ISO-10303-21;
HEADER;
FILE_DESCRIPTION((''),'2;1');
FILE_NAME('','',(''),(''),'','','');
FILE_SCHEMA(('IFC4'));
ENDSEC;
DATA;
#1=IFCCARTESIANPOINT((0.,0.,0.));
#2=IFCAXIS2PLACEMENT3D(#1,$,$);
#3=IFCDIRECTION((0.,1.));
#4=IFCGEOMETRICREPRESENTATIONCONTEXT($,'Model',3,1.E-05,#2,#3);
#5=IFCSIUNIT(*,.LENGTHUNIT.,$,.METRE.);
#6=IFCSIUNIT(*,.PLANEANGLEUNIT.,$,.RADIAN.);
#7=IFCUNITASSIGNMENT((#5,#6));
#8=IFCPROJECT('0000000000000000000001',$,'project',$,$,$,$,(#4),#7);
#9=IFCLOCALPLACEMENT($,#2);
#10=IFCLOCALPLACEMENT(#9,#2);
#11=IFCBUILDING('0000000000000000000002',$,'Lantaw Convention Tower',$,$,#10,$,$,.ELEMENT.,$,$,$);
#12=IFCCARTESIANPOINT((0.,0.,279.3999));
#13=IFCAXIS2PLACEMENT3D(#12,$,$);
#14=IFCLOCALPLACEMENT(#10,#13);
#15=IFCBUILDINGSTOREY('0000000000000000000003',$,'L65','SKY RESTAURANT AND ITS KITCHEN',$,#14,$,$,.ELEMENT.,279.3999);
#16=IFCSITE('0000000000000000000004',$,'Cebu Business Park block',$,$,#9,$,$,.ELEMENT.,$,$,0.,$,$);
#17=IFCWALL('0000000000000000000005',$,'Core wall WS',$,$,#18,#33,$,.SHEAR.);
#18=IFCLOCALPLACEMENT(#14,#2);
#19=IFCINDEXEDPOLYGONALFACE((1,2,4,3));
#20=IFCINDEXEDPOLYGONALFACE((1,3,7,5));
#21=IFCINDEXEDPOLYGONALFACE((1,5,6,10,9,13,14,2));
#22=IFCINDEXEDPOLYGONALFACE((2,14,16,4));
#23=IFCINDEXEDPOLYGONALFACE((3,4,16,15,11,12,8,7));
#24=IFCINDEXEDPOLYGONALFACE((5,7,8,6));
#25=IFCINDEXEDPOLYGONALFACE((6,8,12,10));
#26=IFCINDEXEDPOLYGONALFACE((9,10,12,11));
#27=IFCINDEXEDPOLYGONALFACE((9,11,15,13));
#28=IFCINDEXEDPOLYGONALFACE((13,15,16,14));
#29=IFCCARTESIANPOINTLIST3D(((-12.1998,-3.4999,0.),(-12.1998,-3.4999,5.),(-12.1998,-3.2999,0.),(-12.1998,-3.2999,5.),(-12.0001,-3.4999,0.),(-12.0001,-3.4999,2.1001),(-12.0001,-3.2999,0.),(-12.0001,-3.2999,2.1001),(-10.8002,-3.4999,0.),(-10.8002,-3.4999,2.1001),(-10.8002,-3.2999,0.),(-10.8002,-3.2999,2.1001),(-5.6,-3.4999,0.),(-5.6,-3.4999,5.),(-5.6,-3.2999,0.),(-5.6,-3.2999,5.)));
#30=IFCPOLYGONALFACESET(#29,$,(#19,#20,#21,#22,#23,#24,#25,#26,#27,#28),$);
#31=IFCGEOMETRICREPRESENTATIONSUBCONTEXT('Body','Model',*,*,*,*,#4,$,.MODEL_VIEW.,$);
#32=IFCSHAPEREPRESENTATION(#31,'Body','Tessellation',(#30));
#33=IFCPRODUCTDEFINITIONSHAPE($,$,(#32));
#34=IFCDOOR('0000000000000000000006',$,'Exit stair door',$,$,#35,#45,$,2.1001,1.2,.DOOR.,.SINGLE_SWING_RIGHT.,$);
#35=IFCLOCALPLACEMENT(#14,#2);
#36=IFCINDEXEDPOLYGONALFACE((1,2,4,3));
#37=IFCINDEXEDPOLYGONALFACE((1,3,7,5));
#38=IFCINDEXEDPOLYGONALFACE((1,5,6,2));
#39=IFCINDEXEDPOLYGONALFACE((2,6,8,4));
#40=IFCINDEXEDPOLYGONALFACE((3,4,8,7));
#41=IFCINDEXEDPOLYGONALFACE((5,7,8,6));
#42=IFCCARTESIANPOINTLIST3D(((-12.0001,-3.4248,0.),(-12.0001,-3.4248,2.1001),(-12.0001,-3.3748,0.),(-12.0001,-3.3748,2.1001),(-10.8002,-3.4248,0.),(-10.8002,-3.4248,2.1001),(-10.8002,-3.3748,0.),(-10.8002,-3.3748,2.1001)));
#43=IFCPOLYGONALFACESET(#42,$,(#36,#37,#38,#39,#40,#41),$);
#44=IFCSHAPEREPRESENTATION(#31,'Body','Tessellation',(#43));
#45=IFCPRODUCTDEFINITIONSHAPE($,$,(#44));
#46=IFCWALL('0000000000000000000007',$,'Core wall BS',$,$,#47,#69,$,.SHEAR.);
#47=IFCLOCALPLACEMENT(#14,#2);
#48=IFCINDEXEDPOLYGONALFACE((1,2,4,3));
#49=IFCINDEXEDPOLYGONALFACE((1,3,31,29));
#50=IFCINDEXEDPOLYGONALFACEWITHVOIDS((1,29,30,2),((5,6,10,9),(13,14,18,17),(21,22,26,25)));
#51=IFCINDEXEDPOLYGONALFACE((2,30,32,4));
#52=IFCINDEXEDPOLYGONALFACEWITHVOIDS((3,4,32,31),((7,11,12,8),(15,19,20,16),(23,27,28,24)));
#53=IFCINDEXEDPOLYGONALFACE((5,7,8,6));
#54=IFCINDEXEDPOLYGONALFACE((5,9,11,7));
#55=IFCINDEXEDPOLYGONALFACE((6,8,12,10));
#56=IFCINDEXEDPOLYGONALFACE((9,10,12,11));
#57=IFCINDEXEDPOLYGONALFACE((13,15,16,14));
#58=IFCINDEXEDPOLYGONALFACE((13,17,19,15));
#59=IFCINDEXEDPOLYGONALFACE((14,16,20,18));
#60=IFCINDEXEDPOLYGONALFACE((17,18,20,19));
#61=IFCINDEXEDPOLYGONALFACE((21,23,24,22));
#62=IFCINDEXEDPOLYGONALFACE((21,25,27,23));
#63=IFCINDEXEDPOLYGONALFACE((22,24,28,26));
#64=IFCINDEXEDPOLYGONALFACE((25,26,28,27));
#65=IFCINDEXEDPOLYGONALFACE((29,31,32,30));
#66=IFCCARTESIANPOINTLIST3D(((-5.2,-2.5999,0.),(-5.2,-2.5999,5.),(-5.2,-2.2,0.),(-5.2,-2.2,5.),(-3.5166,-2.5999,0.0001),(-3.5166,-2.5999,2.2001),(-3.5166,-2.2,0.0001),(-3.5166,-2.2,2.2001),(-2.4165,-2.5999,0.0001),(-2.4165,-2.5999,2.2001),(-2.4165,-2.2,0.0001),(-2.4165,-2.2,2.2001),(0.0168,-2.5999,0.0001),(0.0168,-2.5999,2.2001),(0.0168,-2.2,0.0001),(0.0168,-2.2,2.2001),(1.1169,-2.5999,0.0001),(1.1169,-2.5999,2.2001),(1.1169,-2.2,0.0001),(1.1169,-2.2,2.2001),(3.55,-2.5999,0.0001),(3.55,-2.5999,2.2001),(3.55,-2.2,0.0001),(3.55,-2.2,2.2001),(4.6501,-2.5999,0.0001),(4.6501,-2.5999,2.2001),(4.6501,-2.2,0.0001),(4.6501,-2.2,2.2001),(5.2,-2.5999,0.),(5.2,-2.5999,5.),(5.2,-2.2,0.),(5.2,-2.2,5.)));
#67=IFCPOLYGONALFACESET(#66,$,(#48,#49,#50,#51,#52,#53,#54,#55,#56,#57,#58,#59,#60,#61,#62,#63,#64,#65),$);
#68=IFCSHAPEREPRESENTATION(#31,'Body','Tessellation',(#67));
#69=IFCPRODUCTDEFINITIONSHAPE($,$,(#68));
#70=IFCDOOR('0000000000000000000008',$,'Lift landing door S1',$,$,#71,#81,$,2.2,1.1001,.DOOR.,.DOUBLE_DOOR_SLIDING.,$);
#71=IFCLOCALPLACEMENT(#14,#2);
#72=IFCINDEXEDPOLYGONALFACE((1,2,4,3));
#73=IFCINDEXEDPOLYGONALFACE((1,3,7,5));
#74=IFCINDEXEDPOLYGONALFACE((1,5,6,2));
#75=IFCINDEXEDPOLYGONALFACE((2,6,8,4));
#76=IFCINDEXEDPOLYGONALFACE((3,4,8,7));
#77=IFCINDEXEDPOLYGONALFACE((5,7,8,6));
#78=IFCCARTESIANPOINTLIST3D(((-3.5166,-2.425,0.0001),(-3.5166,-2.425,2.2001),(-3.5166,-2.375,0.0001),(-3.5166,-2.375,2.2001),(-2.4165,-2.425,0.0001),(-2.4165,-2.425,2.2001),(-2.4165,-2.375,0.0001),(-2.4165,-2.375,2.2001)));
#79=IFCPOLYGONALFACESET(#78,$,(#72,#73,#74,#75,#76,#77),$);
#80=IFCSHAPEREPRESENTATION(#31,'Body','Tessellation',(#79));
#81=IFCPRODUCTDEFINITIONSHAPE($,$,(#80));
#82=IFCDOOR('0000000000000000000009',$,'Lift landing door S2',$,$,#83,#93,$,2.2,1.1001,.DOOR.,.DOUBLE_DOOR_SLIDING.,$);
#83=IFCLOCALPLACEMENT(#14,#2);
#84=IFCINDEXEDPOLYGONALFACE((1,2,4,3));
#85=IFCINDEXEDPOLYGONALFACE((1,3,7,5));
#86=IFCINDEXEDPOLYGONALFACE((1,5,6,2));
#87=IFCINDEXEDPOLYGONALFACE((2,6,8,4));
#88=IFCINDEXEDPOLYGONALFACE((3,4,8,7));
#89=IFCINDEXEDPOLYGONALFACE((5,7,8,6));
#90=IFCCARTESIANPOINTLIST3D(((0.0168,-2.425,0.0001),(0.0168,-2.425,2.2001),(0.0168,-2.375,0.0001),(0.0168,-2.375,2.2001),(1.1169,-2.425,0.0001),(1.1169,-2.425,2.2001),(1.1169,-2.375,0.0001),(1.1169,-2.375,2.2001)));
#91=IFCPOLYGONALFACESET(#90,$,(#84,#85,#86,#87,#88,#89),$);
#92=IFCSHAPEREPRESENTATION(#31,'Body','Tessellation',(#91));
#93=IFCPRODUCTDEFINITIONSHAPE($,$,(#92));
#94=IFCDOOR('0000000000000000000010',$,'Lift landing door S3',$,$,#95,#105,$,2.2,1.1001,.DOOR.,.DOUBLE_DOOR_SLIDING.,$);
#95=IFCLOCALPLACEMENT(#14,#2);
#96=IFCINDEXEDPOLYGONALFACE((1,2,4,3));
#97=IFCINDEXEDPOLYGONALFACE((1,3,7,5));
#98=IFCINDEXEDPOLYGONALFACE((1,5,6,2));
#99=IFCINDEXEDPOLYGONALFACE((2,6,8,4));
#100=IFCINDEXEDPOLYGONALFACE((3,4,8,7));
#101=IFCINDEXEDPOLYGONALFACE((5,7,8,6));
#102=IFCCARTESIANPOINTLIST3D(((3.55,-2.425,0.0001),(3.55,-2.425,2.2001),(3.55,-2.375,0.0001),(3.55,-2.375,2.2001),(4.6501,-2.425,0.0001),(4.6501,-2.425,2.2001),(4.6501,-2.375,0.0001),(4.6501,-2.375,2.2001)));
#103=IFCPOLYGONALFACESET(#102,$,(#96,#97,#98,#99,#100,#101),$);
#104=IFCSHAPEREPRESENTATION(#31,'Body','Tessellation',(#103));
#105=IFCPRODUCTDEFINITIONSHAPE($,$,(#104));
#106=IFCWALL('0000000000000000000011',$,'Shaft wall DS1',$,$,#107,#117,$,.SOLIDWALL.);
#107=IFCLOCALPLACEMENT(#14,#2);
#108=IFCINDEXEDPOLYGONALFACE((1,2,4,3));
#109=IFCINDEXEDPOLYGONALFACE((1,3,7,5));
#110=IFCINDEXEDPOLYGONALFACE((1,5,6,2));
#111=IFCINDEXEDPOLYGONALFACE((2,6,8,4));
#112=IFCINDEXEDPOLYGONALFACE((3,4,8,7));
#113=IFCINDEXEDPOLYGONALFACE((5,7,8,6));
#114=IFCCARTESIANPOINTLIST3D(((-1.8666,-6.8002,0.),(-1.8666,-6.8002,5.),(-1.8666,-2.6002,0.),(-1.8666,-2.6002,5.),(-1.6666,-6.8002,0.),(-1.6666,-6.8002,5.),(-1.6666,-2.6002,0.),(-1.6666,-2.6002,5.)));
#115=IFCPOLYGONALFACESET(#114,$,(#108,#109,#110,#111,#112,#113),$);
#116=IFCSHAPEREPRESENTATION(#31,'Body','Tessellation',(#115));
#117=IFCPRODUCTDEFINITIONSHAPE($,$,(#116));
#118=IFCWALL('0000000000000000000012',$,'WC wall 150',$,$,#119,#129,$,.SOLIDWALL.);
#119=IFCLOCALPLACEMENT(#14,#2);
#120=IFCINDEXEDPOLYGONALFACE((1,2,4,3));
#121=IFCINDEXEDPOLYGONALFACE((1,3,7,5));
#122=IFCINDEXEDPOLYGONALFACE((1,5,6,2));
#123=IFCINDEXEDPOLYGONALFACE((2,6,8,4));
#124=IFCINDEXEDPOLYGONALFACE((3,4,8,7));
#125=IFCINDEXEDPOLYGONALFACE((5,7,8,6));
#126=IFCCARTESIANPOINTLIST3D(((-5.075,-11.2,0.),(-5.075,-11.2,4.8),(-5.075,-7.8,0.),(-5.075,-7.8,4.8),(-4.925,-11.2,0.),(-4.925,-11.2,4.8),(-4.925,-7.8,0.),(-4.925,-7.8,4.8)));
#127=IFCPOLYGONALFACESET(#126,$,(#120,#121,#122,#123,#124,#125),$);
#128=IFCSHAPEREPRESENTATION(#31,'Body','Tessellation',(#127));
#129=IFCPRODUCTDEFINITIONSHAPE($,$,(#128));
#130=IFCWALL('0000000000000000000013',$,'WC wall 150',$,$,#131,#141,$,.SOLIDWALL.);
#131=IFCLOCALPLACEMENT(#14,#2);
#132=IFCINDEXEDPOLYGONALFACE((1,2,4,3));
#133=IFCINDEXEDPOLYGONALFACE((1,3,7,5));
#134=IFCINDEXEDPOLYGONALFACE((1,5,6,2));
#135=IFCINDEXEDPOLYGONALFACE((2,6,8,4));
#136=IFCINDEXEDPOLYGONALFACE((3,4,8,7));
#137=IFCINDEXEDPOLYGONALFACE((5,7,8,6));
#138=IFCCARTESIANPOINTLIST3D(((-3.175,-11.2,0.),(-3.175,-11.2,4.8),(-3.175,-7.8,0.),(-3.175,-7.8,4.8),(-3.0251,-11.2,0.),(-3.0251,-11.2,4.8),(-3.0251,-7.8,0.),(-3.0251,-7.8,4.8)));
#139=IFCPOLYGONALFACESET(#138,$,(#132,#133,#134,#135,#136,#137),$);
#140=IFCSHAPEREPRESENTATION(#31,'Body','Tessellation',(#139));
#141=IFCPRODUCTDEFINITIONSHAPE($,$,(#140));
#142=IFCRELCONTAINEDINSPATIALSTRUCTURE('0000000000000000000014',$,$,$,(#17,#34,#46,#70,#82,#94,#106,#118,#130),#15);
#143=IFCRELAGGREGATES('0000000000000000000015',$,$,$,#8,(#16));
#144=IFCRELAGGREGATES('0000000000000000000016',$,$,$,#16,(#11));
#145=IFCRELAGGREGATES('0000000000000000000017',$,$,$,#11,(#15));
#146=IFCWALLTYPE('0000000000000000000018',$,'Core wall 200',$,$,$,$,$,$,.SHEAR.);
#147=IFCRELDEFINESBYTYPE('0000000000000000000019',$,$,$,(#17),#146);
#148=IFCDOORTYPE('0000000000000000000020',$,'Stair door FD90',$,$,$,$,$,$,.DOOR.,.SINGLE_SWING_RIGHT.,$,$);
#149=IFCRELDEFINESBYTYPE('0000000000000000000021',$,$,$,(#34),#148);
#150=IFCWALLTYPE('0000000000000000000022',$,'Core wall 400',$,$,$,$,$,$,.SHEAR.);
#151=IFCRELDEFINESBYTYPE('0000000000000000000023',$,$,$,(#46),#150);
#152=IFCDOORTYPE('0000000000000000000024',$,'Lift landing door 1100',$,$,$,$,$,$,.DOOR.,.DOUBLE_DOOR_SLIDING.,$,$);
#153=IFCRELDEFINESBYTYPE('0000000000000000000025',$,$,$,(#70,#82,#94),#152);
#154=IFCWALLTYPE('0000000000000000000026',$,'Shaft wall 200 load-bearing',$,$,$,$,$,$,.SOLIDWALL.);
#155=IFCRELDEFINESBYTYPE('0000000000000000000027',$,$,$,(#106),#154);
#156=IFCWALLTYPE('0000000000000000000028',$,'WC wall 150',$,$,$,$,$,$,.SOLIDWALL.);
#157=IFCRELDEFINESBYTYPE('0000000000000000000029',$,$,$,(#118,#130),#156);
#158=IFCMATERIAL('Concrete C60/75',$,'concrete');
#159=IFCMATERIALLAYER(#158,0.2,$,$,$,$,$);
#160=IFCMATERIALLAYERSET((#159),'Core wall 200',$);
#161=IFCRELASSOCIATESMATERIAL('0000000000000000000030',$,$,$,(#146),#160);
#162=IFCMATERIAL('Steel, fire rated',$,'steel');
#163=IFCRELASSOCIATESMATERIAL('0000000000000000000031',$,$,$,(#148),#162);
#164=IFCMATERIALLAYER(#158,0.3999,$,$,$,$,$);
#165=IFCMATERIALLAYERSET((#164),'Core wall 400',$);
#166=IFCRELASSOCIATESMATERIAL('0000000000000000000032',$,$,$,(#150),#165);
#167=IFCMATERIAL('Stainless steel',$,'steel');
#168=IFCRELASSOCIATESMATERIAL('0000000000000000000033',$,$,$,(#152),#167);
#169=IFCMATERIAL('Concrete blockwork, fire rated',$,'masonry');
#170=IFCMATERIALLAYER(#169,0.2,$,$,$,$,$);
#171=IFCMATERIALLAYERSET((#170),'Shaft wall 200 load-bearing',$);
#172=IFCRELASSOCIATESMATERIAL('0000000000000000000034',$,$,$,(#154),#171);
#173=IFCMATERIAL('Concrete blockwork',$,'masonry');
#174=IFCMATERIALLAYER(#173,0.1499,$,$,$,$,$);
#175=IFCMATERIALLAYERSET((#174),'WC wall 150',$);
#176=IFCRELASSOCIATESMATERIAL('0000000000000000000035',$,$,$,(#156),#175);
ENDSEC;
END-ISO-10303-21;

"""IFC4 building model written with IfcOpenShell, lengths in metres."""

from ifc_helpers import new_model, si_unit, direction, frame, frame_2d, origin, place, context, subcontext, project, spatial, rectangle, extrude, material, layer, layer_set, type_object, element, fill, save


model = new_model("IFC4")

# Units and contexts
model_context = context("Model", 3, precision=1e-05, world=origin(), true_north=direction((0.0, 1.0)))
body_context = subcontext(model_context, "Body", "Model", "MODEL_VIEW")
ifc_project = project(units=[si_unit("LENGTHUNIT", "METRE"), si_unit("PLANEANGLEUNIT", "RADIAN")], contexts=[model_context])

# Site, building, storey
site_placement = place(None, origin())
site = spatial("IfcSite", under=ifc_project, at=site_placement, Name="Cebu Business Park block", CompositionType="ELEMENT", RefElevation=0.0)
building_placement = place(site_placement, origin())
building = spatial("IfcBuilding", under=site, at=building_placement, Name="Lantaw Convention Tower", CompositionType="ELEMENT")
storey_placement = place(building_placement, frame((0.0, 0.0, 279.3999)))
storey = spatial("IfcBuildingStorey", under=building, at=storey_placement, Name="L65", Description="SKY RESTAURANT AND ITS KITCHEN", CompositionType="ELEMENT", Elevation=279.3999)

# Shared definitions
ifc_material_1 = material(Name="Concrete C60/75", Category="concrete")

# Wall, opening, door
ifc_layer_1 = layer(ifc_material_1, 0.2)
ifc_layer_set_1 = layer_set([ifc_layer_1], Name="Core wall 200")
wall_type_1 = type_object("IfcWallType", Name="Core wall 200", PredefinedType="SHEAR", material=ifc_layer_set_1)
wall_1_placement = place(storey_placement, frame((-5.6001, -3.3999, 0.0), z_axis=(0.0, 0.0, 1.0), x_axis=(-1.0, 0.0, 0.0)))
wall_1 = element("IfcWall", 1, at=wall_1_placement, inside=storey, type_object=wall_type_1, Name="Core wall WS", PredefinedType="SHEAR", context=body_context, shape_type="SweptSolid", body=[
    extrude(rectangle(XDim=6.5999, YDim=0.2, at=frame_2d((3.2998, 0.0))), origin(), (0.0, 0.0, 1.0), 5.0),
])
opening_1_placement = place(wall_1_placement, frame((5.2, 0.0, 0.0)))
opening_1 = element("IfcOpeningElement", 2, at=opening_1_placement, cuts=wall_1, PredefinedType="OPENING", context=body_context, shape_type="SweptSolid", body=[
    extrude(rectangle(XDim=1.2, YDim=2.1001, at=frame_2d((0.6001, 1.05))), frame((0.0, 0.1099, 0.0), z_axis=(0.0, -1.0, 0.0), x_axis=(1.0, 0.0, 0.0)), (0.0, 0.0, 1.0), 0.22),
])
ifc_material_2 = material(Name="Steel, fire rated", Category="steel")
door_type_1 = type_object("IfcDoorType", Name="Stair door FD90", OperationType="SINGLE_SWING_RIGHT", PredefinedType="DOOR", material=ifc_material_2)
door_1_placement = place(opening_1_placement, origin())
door_1 = element("IfcDoor", 3, at=door_1_placement, inside=storey, type_object=door_type_1, Name="Exit stair door", OperationType="SINGLE_SWING_RIGHT", OverallHeight=2.1001, OverallWidth=1.2, PredefinedType="DOOR", context=body_context, shape_type="SweptSolid", body=[
    extrude(rectangle(XDim=1.2, YDim=2.1001, at=frame_2d((0.6001, 1.05))), frame((0.0, 0.0249, 0.0), z_axis=(0.0, -1.0, 0.0), x_axis=(1.0, 0.0, 0.0)), (0.0, 0.0, 1.0), 0.05),
])
fill(opening_1, door_1)

# Wall, openings, doors
ifc_layer_2 = layer(ifc_material_1, 0.3999)
ifc_layer_set_2 = layer_set([ifc_layer_2], Name="Core wall 400")
wall_type_2 = type_object("IfcWallType", Name="Core wall 400", PredefinedType="SHEAR", material=ifc_layer_set_2)
wall_2_placement = place(storey_placement, frame((-5.2, -2.3999, 0.0), z_axis=(0.0, 0.0, 1.0), x_axis=(1.0, 0.0, 0.0)))
wall_2 = element("IfcWall", 4, at=wall_2_placement, inside=storey, type_object=wall_type_2, Name="Core wall BS", PredefinedType="SHEAR", context=body_context, shape_type="SweptSolid", body=[
    extrude(rectangle(XDim=10.3999, YDim=0.3999, at=frame_2d((5.2, 0.0))), origin(), (0.0, 0.0, 1.0), 5.0),
])
opening_2_placement = place(wall_2_placement, frame((1.6833, 0.0, 0.0)))
opening_2 = element("IfcOpeningElement", 5, at=opening_2_placement, cuts=wall_2, PredefinedType="OPENING", context=body_context, shape_type="SweptSolid", body=[
    extrude(rectangle(XDim=1.1001, YDim=2.2, at=frame_2d((0.55, 1.1001))), frame((0.0, 0.21, 0.0), z_axis=(0.0, -1.0, 0.0), x_axis=(1.0, 0.0, 0.0)), (0.0, 0.0, 1.0), 0.4199),
])
opening_3_placement = place(wall_2_placement, frame((5.2168, 0.0, 0.0)))
opening_3 = element("IfcOpeningElement", 6, at=opening_3_placement, cuts=wall_2, PredefinedType="OPENING", context=body_context, shape_type="SweptSolid", body=[
    extrude(rectangle(XDim=1.1001, YDim=2.2, at=frame_2d((0.55, 1.1001))), frame((0.0, 0.21, 0.0), z_axis=(0.0, -1.0, 0.0), x_axis=(1.0, 0.0, 0.0)), (0.0, 0.0, 1.0), 0.4199),
])
opening_4_placement = place(wall_2_placement, frame((8.75, 0.0, 0.0)))
opening_4 = element("IfcOpeningElement", 7, at=opening_4_placement, cuts=wall_2, PredefinedType="OPENING", context=body_context, shape_type="SweptSolid", body=[
    extrude(rectangle(XDim=1.1001, YDim=2.2, at=frame_2d((0.55, 1.1001))), frame((0.0, 0.21, 0.0), z_axis=(0.0, -1.0, 0.0), x_axis=(1.0, 0.0, 0.0)), (0.0, 0.0, 1.0), 0.4199),
])
ifc_material_3 = material(Name="Stainless steel", Category="steel")
door_type_2 = type_object("IfcDoorType", Name="Lift landing door 1100", OperationType="DOUBLE_DOOR_SLIDING", PredefinedType="DOOR", material=ifc_material_3)
door_2_placement = place(opening_2_placement, origin())
door_2 = element("IfcDoor", 8, at=door_2_placement, inside=storey, type_object=door_type_2, Name="Lift landing door S1", OperationType="DOUBLE_DOOR_SLIDING", OverallHeight=2.2, OverallWidth=1.1001, PredefinedType="DOOR", context=body_context, shape_type="SweptSolid", body=[
    extrude(rectangle(XDim=1.1001, YDim=2.2, at=frame_2d((0.55, 1.1001))), frame((0.0, 0.0249, 0.0), z_axis=(0.0, -1.0, 0.0), x_axis=(1.0, 0.0, 0.0)), (0.0, 0.0, 1.0), 0.05),
])
fill(opening_2, door_2)
door_3_placement = place(opening_3_placement, origin())
door_3 = element("IfcDoor", 9, at=door_3_placement, inside=storey, type_object=door_type_2, Name="Lift landing door S2", OperationType="DOUBLE_DOOR_SLIDING", OverallHeight=2.2, OverallWidth=1.1001, PredefinedType="DOOR", context=body_context, shape_type="SweptSolid", body=[
    extrude(rectangle(XDim=1.1001, YDim=2.2, at=frame_2d((0.55, 1.1001))), frame((0.0, 0.0249, 0.0), z_axis=(0.0, -1.0, 0.0), x_axis=(1.0, 0.0, 0.0)), (0.0, 0.0, 1.0), 0.05),
])
fill(opening_3, door_3)
door_4_placement = place(opening_4_placement, origin())
door_4 = element("IfcDoor", 10, at=door_4_placement, inside=storey, type_object=door_type_2, Name="Lift landing door S3", OperationType="DOUBLE_DOOR_SLIDING", OverallHeight=2.2, OverallWidth=1.1001, PredefinedType="DOOR", context=body_context, shape_type="SweptSolid", body=[
    extrude(rectangle(XDim=1.1001, YDim=2.2, at=frame_2d((0.55, 1.1001))), frame((0.0, 0.0249, 0.0), z_axis=(0.0, -1.0, 0.0), x_axis=(1.0, 0.0, 0.0)), (0.0, 0.0, 1.0), 0.05),
])
fill(opening_4, door_4)

# Walls
ifc_material_4 = material(Name="Concrete blockwork, fire rated", Category="masonry")
ifc_layer_3 = layer(ifc_material_4, 0.2)
ifc_layer_set_3 = layer_set([ifc_layer_3], Name="Shaft wall 200 load-bearing")
wall_type_3 = type_object("IfcWallType", Name="Shaft wall 200 load-bearing", PredefinedType="SOLIDWALL", material=ifc_layer_set_3)
wall_3_placement = place(storey_placement, frame((-1.7666, -2.6001, 0.0), z_axis=(0.0, 0.0, 1.0), x_axis=(0.0, -1.0, 0.0)))
element("IfcWall", 11, at=wall_3_placement, inside=storey, type_object=wall_type_3, Name="Shaft wall DS1", PredefinedType="SOLIDWALL", context=body_context, shape_type="SweptSolid", body=[
    extrude(rectangle(XDim=4.2, YDim=0.2, at=frame_2d((2.1001, 0.0))), origin(), (0.0, 0.0, 1.0), 5.0),
])
ifc_material_5 = material(Name="Concrete blockwork", Category="masonry")
ifc_layer_4 = layer(ifc_material_5, 0.1499)
ifc_layer_set_4 = layer_set([ifc_layer_4], Name="WC wall 150")
wall_type_4 = type_object("IfcWallType", Name="WC wall 150", PredefinedType="SOLIDWALL", material=ifc_layer_set_4)
for number, where, z_axis, x_axis, name in (
    (12, (-5.0, -7.8, 0.0), (0.0, 0.0, 1.0), (0.0, -1.0, 0.0), "WC wall 150"),
    (13, (-3.1001, -7.8, 0.0), (0.0, 0.0, 1.0), (0.0, -1.0, 0.0), "WC wall 150"),
):
    element("IfcWall", number, at=place(storey_placement, frame(where, z_axis=z_axis, x_axis=x_axis)), inside=storey, type_object=wall_type_4, Name=name, PredefinedType="SOLIDWALL", context=body_context, shape_type="SweptSolid", body=[
        extrude(rectangle(XDim=3.3999, YDim=0.1499, at=frame_2d((1.7, 0.0))), origin(), (0.0, 0.0, 1.0), 4.8),
    ])

save(model, "model.ifc")
